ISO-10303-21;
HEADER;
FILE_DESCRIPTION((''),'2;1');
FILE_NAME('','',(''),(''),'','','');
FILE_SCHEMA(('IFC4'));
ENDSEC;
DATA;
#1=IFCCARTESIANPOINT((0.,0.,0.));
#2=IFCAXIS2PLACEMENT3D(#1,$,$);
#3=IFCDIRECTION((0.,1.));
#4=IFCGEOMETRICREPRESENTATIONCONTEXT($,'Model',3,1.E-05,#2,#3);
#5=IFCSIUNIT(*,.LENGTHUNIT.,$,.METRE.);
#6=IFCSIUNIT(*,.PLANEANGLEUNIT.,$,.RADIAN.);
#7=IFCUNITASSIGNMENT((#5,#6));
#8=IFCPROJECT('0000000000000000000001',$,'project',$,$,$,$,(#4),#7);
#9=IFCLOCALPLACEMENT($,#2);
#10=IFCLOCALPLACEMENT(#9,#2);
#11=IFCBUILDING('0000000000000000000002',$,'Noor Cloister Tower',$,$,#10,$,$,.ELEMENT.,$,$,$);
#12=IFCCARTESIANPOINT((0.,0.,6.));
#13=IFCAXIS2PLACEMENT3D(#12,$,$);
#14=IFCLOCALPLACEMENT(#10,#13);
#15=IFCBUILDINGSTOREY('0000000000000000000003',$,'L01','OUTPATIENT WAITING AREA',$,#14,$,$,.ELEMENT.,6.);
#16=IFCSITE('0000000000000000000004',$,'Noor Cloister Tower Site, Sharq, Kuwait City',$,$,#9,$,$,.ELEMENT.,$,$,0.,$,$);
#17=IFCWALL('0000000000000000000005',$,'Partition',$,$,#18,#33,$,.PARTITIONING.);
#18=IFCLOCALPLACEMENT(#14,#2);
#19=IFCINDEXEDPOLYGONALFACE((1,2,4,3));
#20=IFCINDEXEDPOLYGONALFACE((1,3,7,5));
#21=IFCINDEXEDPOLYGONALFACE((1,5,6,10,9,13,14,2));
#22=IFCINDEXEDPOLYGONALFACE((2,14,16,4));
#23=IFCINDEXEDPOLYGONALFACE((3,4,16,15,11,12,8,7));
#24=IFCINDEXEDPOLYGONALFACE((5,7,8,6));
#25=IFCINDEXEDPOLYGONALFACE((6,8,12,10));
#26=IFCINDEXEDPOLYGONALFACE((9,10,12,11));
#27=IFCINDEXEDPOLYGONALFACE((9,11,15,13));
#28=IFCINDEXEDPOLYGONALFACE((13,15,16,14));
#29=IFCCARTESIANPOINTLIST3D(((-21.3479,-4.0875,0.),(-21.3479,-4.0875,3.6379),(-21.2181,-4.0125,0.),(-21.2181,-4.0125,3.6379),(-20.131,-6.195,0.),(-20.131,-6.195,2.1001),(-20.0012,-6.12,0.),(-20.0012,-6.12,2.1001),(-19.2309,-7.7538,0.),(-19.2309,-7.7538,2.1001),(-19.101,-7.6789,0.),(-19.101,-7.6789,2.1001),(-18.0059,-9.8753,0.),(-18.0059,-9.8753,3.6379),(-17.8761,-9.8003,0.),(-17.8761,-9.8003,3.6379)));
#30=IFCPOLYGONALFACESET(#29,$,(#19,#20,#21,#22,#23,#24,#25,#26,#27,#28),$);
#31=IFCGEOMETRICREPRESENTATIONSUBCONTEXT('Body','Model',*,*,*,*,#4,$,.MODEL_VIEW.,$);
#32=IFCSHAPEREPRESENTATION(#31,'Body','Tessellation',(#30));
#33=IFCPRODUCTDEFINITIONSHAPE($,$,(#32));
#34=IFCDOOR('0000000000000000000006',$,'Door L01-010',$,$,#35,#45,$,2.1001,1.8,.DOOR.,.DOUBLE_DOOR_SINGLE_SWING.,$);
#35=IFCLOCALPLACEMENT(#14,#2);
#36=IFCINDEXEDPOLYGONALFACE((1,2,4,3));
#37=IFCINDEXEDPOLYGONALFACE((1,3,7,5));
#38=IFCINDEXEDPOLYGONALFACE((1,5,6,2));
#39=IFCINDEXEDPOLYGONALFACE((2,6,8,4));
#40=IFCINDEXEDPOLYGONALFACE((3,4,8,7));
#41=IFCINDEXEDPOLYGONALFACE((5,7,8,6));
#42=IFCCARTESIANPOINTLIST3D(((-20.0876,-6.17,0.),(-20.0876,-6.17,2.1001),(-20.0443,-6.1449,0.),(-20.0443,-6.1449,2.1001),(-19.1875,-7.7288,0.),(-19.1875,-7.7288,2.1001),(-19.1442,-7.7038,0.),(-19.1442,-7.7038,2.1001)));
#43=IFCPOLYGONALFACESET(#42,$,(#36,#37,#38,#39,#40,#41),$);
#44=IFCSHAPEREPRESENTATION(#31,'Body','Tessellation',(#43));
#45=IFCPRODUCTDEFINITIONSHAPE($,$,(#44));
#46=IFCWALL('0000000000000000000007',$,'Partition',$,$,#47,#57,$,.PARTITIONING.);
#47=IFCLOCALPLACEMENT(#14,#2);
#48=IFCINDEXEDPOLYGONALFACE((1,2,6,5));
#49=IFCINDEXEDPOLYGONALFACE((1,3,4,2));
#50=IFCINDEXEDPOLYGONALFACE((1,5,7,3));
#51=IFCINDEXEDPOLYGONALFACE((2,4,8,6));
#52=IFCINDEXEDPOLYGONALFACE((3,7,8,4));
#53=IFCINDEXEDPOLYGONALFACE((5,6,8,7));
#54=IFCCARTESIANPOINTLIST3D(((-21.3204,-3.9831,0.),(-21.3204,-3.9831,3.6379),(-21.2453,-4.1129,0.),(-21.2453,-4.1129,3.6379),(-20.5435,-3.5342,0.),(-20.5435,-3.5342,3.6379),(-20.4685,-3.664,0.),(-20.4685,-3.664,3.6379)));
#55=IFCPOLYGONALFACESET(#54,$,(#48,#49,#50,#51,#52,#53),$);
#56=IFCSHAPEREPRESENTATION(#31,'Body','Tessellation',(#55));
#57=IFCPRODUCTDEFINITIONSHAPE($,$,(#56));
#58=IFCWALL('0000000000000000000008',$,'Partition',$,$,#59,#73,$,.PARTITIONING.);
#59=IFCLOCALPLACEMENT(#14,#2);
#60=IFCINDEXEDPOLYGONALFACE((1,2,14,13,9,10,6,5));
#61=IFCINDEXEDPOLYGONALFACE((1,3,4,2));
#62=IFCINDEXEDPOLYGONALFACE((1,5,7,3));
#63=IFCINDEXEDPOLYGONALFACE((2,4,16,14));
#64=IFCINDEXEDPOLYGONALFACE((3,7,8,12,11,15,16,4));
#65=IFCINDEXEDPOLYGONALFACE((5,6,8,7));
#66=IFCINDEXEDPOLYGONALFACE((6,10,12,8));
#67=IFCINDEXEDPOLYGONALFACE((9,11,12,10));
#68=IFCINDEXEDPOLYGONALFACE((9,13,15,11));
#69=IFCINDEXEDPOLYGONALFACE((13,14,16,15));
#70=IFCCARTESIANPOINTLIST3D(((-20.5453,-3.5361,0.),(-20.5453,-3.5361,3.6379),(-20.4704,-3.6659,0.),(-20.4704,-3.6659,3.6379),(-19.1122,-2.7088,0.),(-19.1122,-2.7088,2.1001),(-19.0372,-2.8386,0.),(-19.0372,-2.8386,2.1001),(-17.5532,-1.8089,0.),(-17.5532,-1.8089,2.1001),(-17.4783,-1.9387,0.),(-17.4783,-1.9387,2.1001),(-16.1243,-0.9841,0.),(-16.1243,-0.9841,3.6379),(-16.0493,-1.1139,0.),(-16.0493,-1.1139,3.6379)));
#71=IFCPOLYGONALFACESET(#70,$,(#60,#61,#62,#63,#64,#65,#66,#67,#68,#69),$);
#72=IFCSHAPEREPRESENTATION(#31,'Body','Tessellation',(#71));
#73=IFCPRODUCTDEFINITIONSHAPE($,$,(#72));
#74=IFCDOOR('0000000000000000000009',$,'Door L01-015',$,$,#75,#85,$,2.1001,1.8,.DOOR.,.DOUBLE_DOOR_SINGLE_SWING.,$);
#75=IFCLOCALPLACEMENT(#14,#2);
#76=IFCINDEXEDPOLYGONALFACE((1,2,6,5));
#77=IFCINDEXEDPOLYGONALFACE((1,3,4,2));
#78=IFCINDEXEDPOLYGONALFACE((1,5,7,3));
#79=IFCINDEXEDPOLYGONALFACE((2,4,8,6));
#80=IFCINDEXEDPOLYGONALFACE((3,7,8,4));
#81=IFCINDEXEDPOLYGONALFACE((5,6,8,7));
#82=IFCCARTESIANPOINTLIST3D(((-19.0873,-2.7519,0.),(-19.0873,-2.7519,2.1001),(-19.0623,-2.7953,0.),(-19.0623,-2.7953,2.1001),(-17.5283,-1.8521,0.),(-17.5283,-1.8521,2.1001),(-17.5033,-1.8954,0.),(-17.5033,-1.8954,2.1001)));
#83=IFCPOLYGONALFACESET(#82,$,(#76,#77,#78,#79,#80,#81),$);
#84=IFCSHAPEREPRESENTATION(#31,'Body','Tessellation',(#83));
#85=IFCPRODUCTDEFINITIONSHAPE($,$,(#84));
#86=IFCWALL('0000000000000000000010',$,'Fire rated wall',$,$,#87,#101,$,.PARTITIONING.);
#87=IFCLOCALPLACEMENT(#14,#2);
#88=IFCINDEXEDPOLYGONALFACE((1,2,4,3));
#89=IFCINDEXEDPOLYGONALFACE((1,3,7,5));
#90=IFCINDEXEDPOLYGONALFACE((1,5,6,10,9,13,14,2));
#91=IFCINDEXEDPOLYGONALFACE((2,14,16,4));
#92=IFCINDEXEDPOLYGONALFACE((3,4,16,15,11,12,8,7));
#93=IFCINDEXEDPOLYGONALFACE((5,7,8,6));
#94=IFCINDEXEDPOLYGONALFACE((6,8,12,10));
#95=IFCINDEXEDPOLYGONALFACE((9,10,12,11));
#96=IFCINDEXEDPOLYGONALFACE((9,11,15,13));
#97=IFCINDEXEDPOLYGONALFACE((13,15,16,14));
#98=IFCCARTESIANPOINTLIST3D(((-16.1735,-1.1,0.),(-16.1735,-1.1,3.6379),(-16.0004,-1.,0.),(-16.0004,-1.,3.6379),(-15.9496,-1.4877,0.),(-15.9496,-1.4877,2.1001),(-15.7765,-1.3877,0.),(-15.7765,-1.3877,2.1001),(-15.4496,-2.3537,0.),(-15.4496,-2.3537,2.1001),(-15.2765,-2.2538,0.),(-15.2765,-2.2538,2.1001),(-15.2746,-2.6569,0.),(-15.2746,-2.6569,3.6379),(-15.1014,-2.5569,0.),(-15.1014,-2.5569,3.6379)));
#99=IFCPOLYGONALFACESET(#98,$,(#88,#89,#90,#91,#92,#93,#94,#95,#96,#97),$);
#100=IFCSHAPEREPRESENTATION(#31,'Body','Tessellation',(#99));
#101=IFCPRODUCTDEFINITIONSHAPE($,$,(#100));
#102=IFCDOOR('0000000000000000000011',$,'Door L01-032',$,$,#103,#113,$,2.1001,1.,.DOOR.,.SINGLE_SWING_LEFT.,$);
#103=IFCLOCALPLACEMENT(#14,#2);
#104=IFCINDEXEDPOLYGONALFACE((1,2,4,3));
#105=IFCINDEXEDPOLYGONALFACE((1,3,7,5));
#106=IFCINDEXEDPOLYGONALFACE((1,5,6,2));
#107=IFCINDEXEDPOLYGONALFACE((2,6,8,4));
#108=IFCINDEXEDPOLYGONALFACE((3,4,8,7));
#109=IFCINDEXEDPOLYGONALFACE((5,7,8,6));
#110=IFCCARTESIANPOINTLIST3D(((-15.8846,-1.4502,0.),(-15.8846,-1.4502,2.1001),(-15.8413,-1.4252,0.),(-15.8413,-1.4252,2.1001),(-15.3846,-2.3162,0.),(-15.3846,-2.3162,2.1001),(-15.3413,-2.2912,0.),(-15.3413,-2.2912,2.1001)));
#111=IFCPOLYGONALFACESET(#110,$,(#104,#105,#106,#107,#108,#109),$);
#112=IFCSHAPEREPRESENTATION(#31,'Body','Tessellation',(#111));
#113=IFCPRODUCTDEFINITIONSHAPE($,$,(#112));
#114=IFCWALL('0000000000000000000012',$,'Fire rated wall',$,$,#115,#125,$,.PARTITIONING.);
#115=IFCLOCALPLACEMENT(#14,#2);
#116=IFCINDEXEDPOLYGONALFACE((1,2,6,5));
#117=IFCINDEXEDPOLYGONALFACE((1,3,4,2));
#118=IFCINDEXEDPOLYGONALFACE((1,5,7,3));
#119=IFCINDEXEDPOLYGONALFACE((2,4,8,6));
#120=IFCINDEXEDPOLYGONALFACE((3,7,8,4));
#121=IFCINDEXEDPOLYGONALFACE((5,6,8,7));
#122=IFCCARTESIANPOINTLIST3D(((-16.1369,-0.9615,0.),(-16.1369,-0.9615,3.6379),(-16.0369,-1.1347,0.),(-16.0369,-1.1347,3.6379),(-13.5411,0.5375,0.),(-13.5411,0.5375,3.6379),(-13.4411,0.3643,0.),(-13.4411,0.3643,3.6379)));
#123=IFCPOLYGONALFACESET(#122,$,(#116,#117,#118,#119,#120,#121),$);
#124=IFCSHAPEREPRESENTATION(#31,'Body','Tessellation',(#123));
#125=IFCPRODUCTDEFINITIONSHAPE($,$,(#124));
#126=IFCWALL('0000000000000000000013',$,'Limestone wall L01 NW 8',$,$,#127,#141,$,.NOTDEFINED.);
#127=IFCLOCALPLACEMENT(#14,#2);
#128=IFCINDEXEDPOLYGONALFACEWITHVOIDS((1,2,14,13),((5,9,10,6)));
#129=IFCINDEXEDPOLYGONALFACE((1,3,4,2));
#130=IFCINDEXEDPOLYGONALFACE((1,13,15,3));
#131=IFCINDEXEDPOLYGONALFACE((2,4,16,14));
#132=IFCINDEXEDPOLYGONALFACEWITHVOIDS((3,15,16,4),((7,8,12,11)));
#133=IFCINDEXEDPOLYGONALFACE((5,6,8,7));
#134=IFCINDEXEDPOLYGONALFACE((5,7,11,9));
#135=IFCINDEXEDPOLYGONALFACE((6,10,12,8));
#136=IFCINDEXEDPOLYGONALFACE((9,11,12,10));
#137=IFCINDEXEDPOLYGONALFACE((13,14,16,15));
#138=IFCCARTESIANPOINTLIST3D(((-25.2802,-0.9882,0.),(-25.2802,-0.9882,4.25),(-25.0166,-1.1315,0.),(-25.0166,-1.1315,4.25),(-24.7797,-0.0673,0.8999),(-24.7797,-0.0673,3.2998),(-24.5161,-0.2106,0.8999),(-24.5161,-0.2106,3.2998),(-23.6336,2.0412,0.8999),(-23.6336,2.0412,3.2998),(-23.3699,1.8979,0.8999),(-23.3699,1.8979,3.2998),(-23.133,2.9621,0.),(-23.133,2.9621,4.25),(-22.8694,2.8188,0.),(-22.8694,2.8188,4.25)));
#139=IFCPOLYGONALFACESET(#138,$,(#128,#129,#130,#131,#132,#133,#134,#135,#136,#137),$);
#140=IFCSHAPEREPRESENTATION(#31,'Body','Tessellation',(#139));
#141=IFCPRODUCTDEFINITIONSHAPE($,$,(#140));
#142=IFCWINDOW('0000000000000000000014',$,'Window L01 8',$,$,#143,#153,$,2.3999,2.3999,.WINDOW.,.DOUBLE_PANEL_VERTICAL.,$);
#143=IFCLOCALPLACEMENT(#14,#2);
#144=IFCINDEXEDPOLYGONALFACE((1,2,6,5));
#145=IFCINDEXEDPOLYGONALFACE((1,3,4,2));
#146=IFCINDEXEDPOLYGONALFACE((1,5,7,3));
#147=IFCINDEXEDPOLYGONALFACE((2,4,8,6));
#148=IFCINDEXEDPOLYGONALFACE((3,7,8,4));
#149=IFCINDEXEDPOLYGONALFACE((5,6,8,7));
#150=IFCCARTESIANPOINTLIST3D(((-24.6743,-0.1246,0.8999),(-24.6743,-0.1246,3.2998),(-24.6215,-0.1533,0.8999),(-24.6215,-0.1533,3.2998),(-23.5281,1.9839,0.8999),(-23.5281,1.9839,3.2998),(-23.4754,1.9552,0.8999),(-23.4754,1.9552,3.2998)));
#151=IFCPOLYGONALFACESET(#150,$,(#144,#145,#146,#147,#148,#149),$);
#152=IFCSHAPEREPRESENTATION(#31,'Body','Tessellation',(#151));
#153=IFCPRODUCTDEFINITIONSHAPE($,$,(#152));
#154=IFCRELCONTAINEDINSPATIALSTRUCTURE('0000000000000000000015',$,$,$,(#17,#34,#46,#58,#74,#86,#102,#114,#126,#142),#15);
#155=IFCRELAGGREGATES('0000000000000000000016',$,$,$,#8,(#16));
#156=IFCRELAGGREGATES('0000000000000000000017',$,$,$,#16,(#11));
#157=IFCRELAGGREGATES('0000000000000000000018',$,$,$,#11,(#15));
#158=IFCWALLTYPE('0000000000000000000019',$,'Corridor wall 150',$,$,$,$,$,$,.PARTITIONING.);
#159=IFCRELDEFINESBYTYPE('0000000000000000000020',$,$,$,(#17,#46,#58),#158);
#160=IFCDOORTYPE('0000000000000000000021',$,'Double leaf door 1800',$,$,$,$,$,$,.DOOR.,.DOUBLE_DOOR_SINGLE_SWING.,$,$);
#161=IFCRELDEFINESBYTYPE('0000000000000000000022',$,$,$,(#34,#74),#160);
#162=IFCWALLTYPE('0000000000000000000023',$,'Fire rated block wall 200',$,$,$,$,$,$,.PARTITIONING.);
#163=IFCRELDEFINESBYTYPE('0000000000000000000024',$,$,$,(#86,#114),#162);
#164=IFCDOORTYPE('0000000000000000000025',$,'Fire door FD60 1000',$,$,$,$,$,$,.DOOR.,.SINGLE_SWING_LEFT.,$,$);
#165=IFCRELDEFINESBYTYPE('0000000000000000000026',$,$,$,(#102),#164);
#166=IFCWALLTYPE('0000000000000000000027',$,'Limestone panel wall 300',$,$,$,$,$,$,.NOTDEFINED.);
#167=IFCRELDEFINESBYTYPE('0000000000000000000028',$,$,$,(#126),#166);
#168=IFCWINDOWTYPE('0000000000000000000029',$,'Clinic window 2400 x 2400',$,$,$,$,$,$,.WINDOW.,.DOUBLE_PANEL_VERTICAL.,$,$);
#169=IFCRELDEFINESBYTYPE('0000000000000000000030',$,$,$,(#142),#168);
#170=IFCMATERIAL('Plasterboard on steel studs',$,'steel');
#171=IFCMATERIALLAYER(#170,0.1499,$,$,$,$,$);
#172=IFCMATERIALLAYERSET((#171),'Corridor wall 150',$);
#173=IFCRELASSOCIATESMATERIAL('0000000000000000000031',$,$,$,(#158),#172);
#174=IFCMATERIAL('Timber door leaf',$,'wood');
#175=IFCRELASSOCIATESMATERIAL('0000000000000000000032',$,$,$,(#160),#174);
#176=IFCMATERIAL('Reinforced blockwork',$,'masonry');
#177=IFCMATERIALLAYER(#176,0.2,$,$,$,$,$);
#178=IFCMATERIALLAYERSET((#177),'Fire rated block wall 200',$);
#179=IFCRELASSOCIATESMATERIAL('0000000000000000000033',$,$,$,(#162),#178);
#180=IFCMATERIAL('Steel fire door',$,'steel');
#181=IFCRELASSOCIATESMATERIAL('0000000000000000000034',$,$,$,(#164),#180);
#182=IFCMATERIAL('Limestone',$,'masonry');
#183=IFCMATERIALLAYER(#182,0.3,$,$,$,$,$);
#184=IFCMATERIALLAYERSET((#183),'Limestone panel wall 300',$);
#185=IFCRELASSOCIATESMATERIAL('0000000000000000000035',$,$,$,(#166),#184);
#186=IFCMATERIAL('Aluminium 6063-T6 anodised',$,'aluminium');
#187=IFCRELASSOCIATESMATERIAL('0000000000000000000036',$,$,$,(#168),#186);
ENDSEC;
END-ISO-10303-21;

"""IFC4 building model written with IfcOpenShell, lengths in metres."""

from ifc_helpers import new_model, si_unit, direction, frame, frame_2d, origin, place, context, subcontext, project, spatial, rectangle, extrude, material, layer, layer_set, type_object, element, fill, save


model = new_model("IFC4")

# Units and contexts
model_context = context("Model", 3, precision=1e-05, world=origin(), true_north=direction((0.0, 1.0)))
body_context = subcontext(model_context, "Body", "Model", "MODEL_VIEW")
ifc_project = project(units=[si_unit("LENGTHUNIT", "METRE"), si_unit("PLANEANGLEUNIT", "RADIAN")], contexts=[model_context])

# Site, building, storey
site_placement = place(None, origin())
site = spatial("IfcSite", under=ifc_project, at=site_placement, Name="Noor Cloister Tower Site, Sharq, Kuwait City", CompositionType="ELEMENT", RefElevation=0.0)
building_placement = place(site_placement, origin())
building = spatial("IfcBuilding", under=site, at=building_placement, Name="Noor Cloister Tower", CompositionType="ELEMENT")
storey_placement = place(building_placement, frame((0.0, 0.0, 6.0)))
storey = spatial("IfcBuildingStorey", under=building, at=storey_placement, Name="L01", Description="OUTPATIENT WAITING AREA", CompositionType="ELEMENT", Elevation=6.0)

# Wall, opening, door
ifc_material_1 = material(Name="Plasterboard on steel studs", Category="steel")
ifc_layer_1 = layer(ifc_material_1, 0.1499)
ifc_layer_set_1 = layer_set([ifc_layer_1], Name="Corridor wall 150")
wall_type_1 = type_object("IfcWallType", Name="Corridor wall 150", PredefinedType="PARTITIONING", material=ifc_layer_set_1)
wall_1_placement = place(storey_placement, frame((-17.9409, -9.8379, 0.0), z_axis=(0.0, 0.0, 1.0), x_axis=(-0.500048, 0.865998, 0.0)))
wall_1 = element("IfcWall", 1, at=wall_1_placement, inside=storey, type_object=wall_type_1, Name="Partition", PredefinedType="PARTITIONING", context=body_context, shape_type="SweptSolid", body=[
    extrude(rectangle(XDim=6.6833, YDim=0.1499, at=frame_2d((3.3418, 0.0))), origin(), (0.0, 0.0, 1.0), 3.6379),
])
opening_1_placement = place(wall_1_placement, frame((2.45, 0.0, 0.0)))
opening_1 = element("IfcOpeningElement", 2, at=opening_1_placement, cuts=wall_1, PredefinedType="OPENING", context=body_context, shape_type="SweptSolid", body=[
    extrude(rectangle(XDim=1.8, YDim=2.1001, at=frame_2d((0.8999, 1.05))), frame((0.0, 0.085, 0.0), z_axis=(0.0, -1.0, 0.0), x_axis=(1.0, 0.0, 0.0)), (0.0, 0.0, 1.0), 0.1699),
])
ifc_material_2 = material(Name="Timber door leaf", Category="wood")
door_type_1 = type_object("IfcDoorType", Name="Double leaf door 1800", OperationType="DOUBLE_DOOR_SINGLE_SWING", PredefinedType="DOOR", material=ifc_material_2)
door_1_placement = place(opening_1_placement, origin())
door_1 = element("IfcDoor", 3, at=door_1_placement, inside=storey, type_object=door_type_1, Name="Door L01-010", OperationType="DOUBLE_DOOR_SINGLE_SWING", OverallHeight=2.1001, OverallWidth=1.8, PredefinedType="DOOR", context=body_context, shape_type="SweptSolid", body=[
    extrude(rectangle(XDim=1.8, YDim=2.1001, at=frame_2d((0.8999, 1.05))), frame((0.0, 0.0249, 0.0), z_axis=(0.0, -1.0, 0.0), x_axis=(1.0, 0.0, 0.0)), (0.0, 0.0, 1.0), 0.05),
])
fill(opening_1, door_1)

# Wall
wall_2_placement = place(storey_placement, frame((-21.283, -4.0481, 0.0), z_axis=(0.0, 0.0, 1.0), x_axis=(0.865805, 0.500382, 0.0)))
element("IfcWall", 4, at=wall_2_placement, inside=storey, type_object=wall_type_1, Name="Partition", PredefinedType="PARTITIONING", context=body_context, shape_type="SweptSolid", body=[
    extrude(rectangle(XDim=0.8972, YDim=0.1499, at=frame_2d((0.4487, 0.0))), origin(), (0.0, 0.0, 1.0), 3.6379),
])

# Walls, openings, doors
wall_3_placement = place(storey_placement, frame((-16.0869, -1.0491, 0.0), z_axis=(0.0, 0.0, 1.0), x_axis=(-0.866072, -0.49992, 0.0)))
wall_3 = element("IfcWall", 5, at=wall_3_placement, inside=storey, type_object=wall_type_1, Name="Partition", PredefinedType="PARTITIONING", context=body_context, shape_type="SweptSolid", body=[
    extrude(rectangle(XDim=5.1047, YDim=0.1499, at=frame_2d((2.5522, 0.0))), origin(), (0.0, 0.0, 1.0), 3.6379),
])
opening_2_placement = place(wall_3_placement, frame((1.6499, 0.0, 0.0)))
opening_2 = element("IfcOpeningElement", 6, at=opening_2_placement, cuts=wall_3, PredefinedType="OPENING", context=body_context, shape_type="SweptSolid", body=[
    extrude(rectangle(XDim=1.8, YDim=2.1001, at=frame_2d((0.8999, 1.05))), frame((0.0, 0.085, 0.0), z_axis=(0.0, -1.0, 0.0), x_axis=(1.0, 0.0, 0.0)), (0.0, 0.0, 1.0), 0.1699),
])
door_2_placement = place(opening_2_placement, origin())
door_2 = element("IfcDoor", 7, at=door_2_placement, inside=storey, type_object=door_type_1, Name="Door L01-015", OperationType="DOUBLE_DOOR_SINGLE_SWING", OverallHeight=2.1001, OverallWidth=1.8, PredefinedType="DOOR", context=body_context, shape_type="SweptSolid", body=[
    extrude(rectangle(XDim=1.8, YDim=2.1001, at=frame_2d((0.8999, 1.05))), frame((0.0, 0.0249, 0.0), z_axis=(0.0, -1.0, 0.0), x_axis=(1.0, 0.0, 0.0)), (0.0, 0.0, 1.0), 0.05),
])
fill(opening_2, door_2)
ifc_material_3 = material(Name="Reinforced blockwork", Category="masonry")
ifc_layer_2 = layer(ifc_material_3, 0.2)
ifc_layer_set_2 = layer_set([ifc_layer_2], Name="Fire rated block wall 200")
wall_type_2 = type_object("IfcWallType", Name="Fire rated block wall 200", PredefinedType="PARTITIONING", material=ifc_layer_set_2)
wall_4_placement = place(storey_placement, frame((-15.188, -2.6069, 0.0), z_axis=(0.0, 0.0, 1.0), x_axis=(-0.500024, 0.866011, 0.0)))
wall_4 = element("IfcWall", 8, at=wall_4_placement, inside=storey, type_object=wall_type_2, Name="Fire rated wall", PredefinedType="PARTITIONING", context=body_context, shape_type="SweptSolid", body=[
    extrude(rectangle(XDim=1.7979, YDim=0.2, at=frame_2d((0.8989, 0.0))), origin(), (0.0, 0.0, 1.0), 3.6379),
])
opening_3_placement = place(wall_4_placement, frame((0.3501, 0.0, 0.0)))
opening_3 = element("IfcOpeningElement", 9, at=opening_3_placement, cuts=wall_4, PredefinedType="OPENING", context=body_context, shape_type="SweptSolid", body=[
    extrude(rectangle(XDim=1.0, YDim=2.1001, at=frame_2d((0.5, 1.05))), frame((0.0, 0.1099, 0.0), z_axis=(0.0, -1.0, 0.0), x_axis=(1.0, 0.0, 0.0)), (0.0, 0.0, 1.0), 0.22),
])
ifc_material_4 = material(Name="Steel fire door", Category="steel")
door_type_2 = type_object("IfcDoorType", Name="Fire door FD60 1000", OperationType="SINGLE_SWING_LEFT", PredefinedType="DOOR", material=ifc_material_4)
door_3_placement = place(opening_3_placement, origin())
door_3 = element("IfcDoor", 10, at=door_3_placement, inside=storey, type_object=door_type_2, Name="Door L01-032", OperationType="SINGLE_SWING_LEFT", OverallHeight=2.1001, OverallWidth=1.0, PredefinedType="DOOR", context=body_context, shape_type="SweptSolid", body=[
    extrude(rectangle(XDim=1.0, YDim=2.1001, at=frame_2d((0.5, 1.05))), frame((0.0, 0.0249, 0.0), z_axis=(0.0, -1.0, 0.0), x_axis=(1.0, 0.0, 0.0)), (0.0, 0.0, 1.0), 0.05),
])
fill(opening_3, door_3)

# Wall
wall_5_placement = place(storey_placement, frame((-16.0869, -1.0481, 0.0), z_axis=(0.0, 0.0, 1.0), x_axis=(0.865989, 0.500063, 0.0)))
element("IfcWall", 11, at=wall_5_placement, inside=storey, type_object=wall_type_2, Name="Fire rated wall", PredefinedType="PARTITIONING", context=body_context, shape_type="SweptSolid", body=[
    extrude(rectangle(XDim=2.9976, YDim=0.2, at=frame_2d((1.4988, 0.0))), origin(), (0.0, 0.0, 1.0), 3.6379),
])

# Wall, opening, window
ifc_material_5 = material(Name="Limestone", Category="masonry")
ifc_layer_3 = layer(ifc_material_5, 0.3)
ifc_layer_set_3 = layer_set([ifc_layer_3], Name="Limestone panel wall 300")
wall_type_3 = type_object("IfcWallType", Name="Limestone panel wall 300", PredefinedType="NOTDEFINED", material=ifc_layer_set_3)
wall_6_placement = place(storey_placement, frame((-25.1484, -1.0598, 0.0), z_axis=(0.0, 0.0, 1.0), x_axis=(0.477577, 0.87859, 0.0)))
wall_6 = element("IfcWall", 12, at=wall_6_placement, inside=storey, type_object=wall_type_3, Name="Limestone wall L01 NW 8", PredefinedType="NOTDEFINED", context=body_context, shape_type="SweptSolid", body=[
    extrude(rectangle(XDim=4.4961, YDim=0.3, at=frame_2d((2.248, 0.0))), origin(), (0.0, 0.0, 1.0), 4.25),
])
opening_4_placement = place(wall_6_placement, frame((1.0481, 0.0, 0.8999)))
opening_4 = element("IfcOpeningElement", 13, at=opening_4_placement, cuts=wall_6, PredefinedType="OPENING", context=body_context, shape_type="SweptSolid", body=[
    extrude(rectangle(XDim=2.3999, YDim=2.3999, at=frame_2d((1.2, 1.2))), frame((0.0, 0.1602, 0.0), z_axis=(0.0, -1.0, 0.0), x_axis=(1.0, 0.0, 0.0)), (0.0, 0.0, 1.0), 0.3201),
])
ifc_material_6 = material(Name="Aluminium 6063-T6 anodised", Category="aluminium")
window_type_1 = type_object("IfcWindowType", Name="Clinic window 2400 x 2400", PartitioningType="DOUBLE_PANEL_VERTICAL", PredefinedType="WINDOW", material=ifc_material_6)
window_1_placement = place(opening_4_placement, origin())
window_1 = element("IfcWindow", 14, at=window_1_placement, inside=storey, type_object=window_type_1, Name="Window L01 8", OverallHeight=2.3999, OverallWidth=2.3999, PartitioningType="DOUBLE_PANEL_VERTICAL", PredefinedType="WINDOW", context=body_context, shape_type="SweptSolid", body=[
    extrude(rectangle(XDim=2.3999, YDim=2.3999, at=frame_2d((1.2, 1.2))), frame((0.0, 0.03, 0.0), z_axis=(0.0, -1.0, 0.0), x_axis=(1.0, 0.0, 0.0)), (0.0, 0.0, 1.0), 0.0601),
])
fill(opening_4, window_1)

save(model, "model.ifc")
